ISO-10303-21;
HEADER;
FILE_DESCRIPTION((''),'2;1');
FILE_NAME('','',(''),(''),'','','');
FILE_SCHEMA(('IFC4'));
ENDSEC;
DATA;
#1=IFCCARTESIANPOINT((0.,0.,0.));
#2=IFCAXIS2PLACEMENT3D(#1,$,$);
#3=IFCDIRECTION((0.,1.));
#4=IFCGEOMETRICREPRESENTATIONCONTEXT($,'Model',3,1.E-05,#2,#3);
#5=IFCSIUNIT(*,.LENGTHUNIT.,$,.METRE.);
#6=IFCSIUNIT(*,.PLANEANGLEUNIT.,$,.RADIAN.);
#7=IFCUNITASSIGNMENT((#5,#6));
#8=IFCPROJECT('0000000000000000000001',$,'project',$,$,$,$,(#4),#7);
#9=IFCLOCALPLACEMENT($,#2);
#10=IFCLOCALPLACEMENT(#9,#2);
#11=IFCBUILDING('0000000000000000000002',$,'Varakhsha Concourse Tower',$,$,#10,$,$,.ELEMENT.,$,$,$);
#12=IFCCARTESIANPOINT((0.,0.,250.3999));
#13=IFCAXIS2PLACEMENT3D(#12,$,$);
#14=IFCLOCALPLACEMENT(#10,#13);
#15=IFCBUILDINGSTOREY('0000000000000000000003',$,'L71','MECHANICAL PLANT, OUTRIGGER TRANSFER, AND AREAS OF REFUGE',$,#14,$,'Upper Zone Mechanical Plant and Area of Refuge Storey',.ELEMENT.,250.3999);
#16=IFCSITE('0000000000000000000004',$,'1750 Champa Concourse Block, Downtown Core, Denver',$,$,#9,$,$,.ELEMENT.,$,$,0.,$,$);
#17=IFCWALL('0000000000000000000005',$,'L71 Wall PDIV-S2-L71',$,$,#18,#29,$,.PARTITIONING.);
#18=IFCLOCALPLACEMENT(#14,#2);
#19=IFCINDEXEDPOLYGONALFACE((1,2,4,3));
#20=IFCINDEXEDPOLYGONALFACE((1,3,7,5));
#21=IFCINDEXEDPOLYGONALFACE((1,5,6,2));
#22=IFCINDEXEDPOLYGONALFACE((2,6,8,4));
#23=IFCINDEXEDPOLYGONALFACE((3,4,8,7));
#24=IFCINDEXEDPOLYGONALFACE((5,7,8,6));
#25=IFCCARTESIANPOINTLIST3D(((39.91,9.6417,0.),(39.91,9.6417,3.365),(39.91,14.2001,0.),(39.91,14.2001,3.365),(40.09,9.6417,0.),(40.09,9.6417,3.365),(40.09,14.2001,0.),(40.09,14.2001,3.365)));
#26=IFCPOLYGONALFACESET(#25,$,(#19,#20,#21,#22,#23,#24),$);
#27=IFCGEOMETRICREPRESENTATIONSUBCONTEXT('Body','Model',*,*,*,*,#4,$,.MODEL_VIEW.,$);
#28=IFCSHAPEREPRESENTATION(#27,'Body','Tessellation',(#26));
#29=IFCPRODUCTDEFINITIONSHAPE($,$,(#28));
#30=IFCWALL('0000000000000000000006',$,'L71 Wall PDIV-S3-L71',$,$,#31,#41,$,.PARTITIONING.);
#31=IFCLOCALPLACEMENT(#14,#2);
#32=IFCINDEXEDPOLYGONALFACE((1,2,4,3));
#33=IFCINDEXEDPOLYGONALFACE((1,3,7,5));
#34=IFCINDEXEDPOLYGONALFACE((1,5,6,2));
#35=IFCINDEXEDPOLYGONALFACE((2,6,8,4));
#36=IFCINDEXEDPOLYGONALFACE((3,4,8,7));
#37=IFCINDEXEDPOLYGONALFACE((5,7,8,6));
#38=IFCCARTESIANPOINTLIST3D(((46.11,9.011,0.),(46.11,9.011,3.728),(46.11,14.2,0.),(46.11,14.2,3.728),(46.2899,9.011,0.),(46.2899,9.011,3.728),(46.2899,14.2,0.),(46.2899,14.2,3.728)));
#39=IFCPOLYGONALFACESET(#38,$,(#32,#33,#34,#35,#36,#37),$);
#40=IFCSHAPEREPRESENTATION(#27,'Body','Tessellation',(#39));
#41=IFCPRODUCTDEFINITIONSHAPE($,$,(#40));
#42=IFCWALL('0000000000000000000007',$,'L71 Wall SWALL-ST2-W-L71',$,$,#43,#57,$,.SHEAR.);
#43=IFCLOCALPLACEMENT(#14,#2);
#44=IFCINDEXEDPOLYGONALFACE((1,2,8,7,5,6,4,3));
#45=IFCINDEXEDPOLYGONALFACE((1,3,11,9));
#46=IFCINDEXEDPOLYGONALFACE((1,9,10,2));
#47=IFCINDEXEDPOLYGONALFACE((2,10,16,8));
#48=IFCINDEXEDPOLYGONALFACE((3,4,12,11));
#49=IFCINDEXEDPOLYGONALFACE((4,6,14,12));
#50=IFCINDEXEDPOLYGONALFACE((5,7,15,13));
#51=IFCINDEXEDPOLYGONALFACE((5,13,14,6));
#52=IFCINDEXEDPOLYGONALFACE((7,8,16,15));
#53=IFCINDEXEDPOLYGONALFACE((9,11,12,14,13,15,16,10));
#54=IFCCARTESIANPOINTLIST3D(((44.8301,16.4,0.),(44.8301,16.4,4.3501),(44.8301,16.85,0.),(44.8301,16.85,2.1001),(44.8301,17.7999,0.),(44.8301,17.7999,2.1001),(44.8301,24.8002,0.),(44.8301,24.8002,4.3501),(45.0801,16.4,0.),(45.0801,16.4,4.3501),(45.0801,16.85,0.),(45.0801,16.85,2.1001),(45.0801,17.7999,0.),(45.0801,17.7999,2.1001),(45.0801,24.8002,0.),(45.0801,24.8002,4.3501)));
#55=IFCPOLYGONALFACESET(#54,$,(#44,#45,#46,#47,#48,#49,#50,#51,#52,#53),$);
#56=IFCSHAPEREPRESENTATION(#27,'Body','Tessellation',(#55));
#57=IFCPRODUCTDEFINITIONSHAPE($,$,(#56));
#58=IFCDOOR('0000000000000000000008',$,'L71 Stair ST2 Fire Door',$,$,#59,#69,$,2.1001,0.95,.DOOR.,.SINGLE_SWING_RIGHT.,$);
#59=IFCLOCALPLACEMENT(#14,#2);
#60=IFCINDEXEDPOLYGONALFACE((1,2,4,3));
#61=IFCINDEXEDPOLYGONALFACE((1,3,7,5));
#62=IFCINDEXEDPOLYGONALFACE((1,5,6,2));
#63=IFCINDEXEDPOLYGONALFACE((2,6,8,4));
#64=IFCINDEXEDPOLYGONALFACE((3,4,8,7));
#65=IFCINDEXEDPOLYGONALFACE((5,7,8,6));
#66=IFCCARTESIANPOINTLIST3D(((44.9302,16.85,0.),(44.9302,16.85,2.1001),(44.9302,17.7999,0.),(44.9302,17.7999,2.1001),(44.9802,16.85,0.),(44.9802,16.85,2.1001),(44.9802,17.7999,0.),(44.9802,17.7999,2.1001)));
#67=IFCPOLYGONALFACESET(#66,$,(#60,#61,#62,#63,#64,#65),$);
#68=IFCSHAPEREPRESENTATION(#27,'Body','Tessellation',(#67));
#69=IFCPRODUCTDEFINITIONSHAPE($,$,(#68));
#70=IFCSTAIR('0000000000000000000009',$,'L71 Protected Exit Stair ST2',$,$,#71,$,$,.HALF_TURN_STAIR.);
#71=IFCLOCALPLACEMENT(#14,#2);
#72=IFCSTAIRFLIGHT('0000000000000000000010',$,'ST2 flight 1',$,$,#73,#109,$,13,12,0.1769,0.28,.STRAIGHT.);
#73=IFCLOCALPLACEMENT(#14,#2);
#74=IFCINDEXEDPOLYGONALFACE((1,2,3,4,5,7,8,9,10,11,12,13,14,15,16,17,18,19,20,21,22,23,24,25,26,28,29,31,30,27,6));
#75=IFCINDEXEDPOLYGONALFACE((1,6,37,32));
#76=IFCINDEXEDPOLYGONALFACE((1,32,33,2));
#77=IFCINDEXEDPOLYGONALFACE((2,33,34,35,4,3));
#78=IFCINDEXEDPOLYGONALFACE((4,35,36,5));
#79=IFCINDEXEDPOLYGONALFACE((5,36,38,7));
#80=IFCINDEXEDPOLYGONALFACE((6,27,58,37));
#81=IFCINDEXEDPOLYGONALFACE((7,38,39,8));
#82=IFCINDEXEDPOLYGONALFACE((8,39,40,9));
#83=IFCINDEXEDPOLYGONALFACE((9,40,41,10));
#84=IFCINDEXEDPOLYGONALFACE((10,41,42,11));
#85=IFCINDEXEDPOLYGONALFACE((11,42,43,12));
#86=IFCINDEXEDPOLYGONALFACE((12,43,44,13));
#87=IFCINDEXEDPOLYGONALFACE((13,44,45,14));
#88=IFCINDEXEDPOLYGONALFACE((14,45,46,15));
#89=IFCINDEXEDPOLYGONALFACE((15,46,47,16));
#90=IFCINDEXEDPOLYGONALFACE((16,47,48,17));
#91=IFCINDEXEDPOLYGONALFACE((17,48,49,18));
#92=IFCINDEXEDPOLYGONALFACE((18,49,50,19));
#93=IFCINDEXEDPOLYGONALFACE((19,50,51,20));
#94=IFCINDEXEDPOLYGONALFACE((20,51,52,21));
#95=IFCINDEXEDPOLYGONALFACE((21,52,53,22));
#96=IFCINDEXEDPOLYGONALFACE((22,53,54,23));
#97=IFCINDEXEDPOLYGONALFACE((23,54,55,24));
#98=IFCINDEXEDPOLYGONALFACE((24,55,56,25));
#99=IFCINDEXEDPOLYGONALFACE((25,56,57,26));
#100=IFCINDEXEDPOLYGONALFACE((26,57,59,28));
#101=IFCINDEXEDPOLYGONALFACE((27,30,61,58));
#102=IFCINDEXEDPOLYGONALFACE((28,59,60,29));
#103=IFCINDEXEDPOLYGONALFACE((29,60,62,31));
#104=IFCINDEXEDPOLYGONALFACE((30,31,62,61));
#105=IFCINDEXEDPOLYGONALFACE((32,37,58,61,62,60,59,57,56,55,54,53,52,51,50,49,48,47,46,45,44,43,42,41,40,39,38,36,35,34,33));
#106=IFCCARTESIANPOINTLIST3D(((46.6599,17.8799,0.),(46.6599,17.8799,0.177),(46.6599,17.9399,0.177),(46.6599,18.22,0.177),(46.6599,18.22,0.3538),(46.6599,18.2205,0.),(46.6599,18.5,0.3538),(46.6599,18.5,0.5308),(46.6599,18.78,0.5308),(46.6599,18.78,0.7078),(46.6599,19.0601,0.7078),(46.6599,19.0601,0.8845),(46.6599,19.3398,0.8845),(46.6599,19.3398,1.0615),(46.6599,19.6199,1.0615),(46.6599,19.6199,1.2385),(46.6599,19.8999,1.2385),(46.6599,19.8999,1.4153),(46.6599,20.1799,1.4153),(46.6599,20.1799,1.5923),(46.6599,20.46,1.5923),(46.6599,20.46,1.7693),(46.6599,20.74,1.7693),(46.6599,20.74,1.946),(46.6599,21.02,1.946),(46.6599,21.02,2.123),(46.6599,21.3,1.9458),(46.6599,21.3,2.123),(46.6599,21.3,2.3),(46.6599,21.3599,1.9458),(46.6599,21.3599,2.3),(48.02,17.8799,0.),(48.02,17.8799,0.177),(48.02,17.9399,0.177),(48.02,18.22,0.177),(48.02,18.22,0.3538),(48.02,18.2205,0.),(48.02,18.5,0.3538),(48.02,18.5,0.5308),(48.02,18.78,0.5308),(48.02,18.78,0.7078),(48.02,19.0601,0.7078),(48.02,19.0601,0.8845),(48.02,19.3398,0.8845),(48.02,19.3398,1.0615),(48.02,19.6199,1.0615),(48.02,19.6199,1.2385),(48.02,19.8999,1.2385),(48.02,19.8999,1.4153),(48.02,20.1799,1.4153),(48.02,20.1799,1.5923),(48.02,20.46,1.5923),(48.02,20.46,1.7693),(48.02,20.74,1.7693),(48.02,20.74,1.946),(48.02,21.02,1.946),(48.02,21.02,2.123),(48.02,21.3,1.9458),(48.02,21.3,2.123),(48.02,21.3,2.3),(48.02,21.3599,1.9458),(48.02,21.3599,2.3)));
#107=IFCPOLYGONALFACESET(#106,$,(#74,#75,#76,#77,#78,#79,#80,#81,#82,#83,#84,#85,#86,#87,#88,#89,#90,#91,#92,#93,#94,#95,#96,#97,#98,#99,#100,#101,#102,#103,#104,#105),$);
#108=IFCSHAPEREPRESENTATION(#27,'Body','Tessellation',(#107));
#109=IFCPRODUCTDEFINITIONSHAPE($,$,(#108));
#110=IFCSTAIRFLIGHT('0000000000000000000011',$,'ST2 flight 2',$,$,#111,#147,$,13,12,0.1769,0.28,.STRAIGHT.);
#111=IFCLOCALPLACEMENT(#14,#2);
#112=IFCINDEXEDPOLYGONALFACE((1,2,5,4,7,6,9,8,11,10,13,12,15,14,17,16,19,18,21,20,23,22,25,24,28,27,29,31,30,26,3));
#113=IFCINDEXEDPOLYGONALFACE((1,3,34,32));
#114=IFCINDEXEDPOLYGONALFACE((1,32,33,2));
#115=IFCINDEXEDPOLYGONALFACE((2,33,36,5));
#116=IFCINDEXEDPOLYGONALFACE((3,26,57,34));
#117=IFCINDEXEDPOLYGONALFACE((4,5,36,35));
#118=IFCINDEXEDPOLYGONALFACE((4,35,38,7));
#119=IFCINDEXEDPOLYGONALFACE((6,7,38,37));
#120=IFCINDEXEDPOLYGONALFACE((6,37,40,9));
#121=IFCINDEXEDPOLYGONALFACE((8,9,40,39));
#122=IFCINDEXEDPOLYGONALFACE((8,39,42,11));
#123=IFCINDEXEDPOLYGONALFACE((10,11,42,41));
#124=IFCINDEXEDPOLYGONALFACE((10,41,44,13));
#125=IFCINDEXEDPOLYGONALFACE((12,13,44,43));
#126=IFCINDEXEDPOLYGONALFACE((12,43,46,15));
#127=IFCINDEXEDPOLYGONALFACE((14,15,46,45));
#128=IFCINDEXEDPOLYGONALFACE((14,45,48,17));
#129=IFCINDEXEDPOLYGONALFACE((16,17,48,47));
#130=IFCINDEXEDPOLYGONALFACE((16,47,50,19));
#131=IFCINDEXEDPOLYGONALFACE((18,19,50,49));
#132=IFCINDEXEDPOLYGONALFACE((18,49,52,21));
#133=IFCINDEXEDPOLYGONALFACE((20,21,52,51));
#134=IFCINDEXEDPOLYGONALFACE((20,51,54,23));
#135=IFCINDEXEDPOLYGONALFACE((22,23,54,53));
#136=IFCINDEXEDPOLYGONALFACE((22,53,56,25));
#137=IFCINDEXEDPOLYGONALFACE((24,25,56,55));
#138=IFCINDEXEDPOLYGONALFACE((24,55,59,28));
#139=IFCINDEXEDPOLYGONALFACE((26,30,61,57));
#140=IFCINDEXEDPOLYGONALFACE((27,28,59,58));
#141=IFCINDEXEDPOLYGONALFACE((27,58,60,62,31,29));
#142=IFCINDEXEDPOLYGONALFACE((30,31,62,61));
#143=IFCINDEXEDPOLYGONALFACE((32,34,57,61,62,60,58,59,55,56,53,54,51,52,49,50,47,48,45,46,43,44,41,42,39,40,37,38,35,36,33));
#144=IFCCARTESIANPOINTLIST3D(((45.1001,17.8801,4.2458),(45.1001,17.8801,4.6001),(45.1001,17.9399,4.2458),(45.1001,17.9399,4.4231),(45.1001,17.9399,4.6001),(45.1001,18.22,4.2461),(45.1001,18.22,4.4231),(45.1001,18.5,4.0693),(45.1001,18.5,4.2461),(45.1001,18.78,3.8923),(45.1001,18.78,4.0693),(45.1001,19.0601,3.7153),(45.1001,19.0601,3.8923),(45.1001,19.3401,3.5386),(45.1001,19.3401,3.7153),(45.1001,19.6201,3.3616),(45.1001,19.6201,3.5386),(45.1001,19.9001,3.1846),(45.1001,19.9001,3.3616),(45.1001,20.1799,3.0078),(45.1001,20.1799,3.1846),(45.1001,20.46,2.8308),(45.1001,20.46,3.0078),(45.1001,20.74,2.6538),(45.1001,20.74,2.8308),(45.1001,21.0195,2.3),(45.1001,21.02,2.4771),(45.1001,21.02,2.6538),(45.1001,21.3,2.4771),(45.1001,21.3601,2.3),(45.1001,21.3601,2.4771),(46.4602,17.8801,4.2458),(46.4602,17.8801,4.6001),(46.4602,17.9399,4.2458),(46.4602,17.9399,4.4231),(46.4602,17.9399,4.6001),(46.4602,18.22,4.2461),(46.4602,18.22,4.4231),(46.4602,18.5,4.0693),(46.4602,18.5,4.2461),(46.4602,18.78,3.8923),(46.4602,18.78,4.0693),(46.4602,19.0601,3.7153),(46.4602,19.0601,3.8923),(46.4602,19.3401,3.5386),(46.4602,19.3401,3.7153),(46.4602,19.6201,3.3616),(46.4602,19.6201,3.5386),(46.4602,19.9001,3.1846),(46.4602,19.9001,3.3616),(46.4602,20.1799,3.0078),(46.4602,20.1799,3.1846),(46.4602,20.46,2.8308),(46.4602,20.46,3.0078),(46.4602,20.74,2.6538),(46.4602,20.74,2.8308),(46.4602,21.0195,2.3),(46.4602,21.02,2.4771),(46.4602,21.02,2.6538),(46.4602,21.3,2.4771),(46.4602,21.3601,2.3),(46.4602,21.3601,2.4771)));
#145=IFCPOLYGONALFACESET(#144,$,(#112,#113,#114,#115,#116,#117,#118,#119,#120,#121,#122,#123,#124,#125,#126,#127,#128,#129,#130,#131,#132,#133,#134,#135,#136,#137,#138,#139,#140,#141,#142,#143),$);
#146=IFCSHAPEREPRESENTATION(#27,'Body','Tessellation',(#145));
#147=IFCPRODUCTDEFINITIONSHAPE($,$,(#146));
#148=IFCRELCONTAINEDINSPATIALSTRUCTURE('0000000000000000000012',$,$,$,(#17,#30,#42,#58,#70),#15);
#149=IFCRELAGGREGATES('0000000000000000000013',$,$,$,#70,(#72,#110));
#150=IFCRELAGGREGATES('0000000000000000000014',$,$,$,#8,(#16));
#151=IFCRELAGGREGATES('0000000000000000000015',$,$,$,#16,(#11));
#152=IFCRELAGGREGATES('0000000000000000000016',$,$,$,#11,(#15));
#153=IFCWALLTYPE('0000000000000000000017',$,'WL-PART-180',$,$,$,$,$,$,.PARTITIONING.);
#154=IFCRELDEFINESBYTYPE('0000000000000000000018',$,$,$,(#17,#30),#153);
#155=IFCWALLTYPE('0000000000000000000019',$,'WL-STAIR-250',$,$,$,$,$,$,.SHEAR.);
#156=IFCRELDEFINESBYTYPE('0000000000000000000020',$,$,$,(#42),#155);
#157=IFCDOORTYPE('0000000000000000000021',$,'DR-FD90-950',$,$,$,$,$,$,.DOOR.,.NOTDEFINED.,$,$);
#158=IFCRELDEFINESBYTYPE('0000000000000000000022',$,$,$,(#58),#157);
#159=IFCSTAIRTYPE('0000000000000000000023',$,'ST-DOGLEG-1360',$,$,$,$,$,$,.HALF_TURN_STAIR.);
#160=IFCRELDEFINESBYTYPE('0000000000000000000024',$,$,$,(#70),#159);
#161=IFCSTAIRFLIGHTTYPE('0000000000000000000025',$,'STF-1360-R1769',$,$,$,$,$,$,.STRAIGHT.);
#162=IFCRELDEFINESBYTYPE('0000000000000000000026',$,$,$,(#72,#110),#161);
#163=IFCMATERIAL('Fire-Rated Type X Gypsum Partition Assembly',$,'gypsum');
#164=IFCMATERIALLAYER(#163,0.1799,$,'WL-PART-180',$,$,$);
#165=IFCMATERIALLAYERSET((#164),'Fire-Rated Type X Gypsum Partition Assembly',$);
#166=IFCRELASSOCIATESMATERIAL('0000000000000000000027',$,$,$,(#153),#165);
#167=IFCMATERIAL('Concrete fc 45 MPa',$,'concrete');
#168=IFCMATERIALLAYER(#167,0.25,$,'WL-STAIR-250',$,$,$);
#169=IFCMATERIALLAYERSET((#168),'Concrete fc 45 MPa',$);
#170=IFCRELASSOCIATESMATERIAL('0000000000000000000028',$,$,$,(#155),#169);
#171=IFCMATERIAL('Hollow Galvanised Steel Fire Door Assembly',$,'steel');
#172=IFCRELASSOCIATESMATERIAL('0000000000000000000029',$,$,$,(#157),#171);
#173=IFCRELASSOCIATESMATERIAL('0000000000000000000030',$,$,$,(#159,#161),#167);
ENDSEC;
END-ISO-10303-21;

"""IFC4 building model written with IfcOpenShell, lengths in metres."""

from ifc_helpers import new_model, si_unit, direction, frame, frame_2d, origin, place, context, subcontext, project, spatial, polyline, rectangle, outline, extrude, material, layer, layer_set, type_object, element, fill, aggregate, save


model = new_model("IFC4")

# Units and contexts
model_context = context("Model", 3, precision=1e-05, world=origin(), true_north=direction((0.0, 1.0)))
body_context = subcontext(model_context, "Body", "Model", "MODEL_VIEW")
ifc_project = project(units=[si_unit("LENGTHUNIT", "METRE"), si_unit("PLANEANGLEUNIT", "RADIAN")], contexts=[model_context])

# Site, building, storey
site_placement = place(None, origin())
site = spatial("IfcSite", under=ifc_project, at=site_placement, Name="1750 Champa Concourse Block, Downtown Core, Denver", CompositionType="ELEMENT", RefElevation=0.0)
building_placement = place(site_placement, origin())
building = spatial("IfcBuilding", under=site, at=building_placement, Name="Varakhsha Concourse Tower", CompositionType="ELEMENT")
storey_placement = place(building_placement, frame((0.0, 0.0, 250.3999)))
storey = spatial("IfcBuildingStorey", under=building, at=storey_placement, Name="L71", Description="MECHANICAL PLANT, OUTRIGGER TRANSFER, AND AREAS OF REFUGE", LongName="Upper Zone Mechanical Plant and Area of Refuge Storey", CompositionType="ELEMENT", Elevation=250.3999)

# Walls
ifc_material_1 = material(Name="Fire-Rated Type X Gypsum Partition Assembly", Category="gypsum")
ifc_layer_1 = layer(ifc_material_1, 0.1799, Name="WL-PART-180")
ifc_layer_set_1 = layer_set([ifc_layer_1], Name="Fire-Rated Type X Gypsum Partition Assembly")
wall_type_1 = type_object("IfcWallType", Name="WL-PART-180", PredefinedType="PARTITIONING", material=ifc_layer_set_1)
wall_1_placement = place(storey_placement, frame((40.0, 9.6416, 0.0), z_axis=(0.0, 0.0, 1.0), x_axis=(0.0, 1.0, 0.0)))
element("IfcWall", 1, at=wall_1_placement, inside=storey, type_object=wall_type_1, Name="L71 Wall PDIV-S2-L71", PredefinedType="PARTITIONING", context=body_context, shape_type="SweptSolid", body=[
    extrude(rectangle(XDim=4.5583, YDim=0.1799, at=frame_2d((2.2793, 0.0))), origin(), (0.0, 0.0, 1.0), 3.365),
])
wall_2_placement = place(storey_placement, frame((46.2, 9.011, 0.0), z_axis=(0.0, 0.0, 1.0), x_axis=(0.0, 1.0, 0.0)))
element("IfcWall", 2, at=wall_2_placement, inside=storey, type_object=wall_type_1, Name="L71 Wall PDIV-S3-L71", PredefinedType="PARTITIONING", context=body_context, shape_type="SweptSolid", body=[
    extrude(rectangle(XDim=5.189, YDim=0.1799, at=frame_2d((2.5945, 0.0))), origin(), (0.0, 0.0, 1.0), 3.728),
])

# Wall, opening, door
ifc_material_2 = material(Name="Concrete fc 45 MPa", Category="concrete")
ifc_layer_2 = layer(ifc_material_2, 0.25, Name="WL-STAIR-250")
ifc_layer_set_2 = layer_set([ifc_layer_2], Name="Concrete fc 45 MPa")
wall_type_2 = type_object("IfcWallType", Name="WL-STAIR-250", PredefinedType="SHEAR", material=ifc_layer_set_2)
wall_3_placement = place(storey_placement, frame((44.9551, 16.3999, 0.0), z_axis=(0.0, 0.0, 1.0), x_axis=(0.0, 1.0, 0.0)))
wall_3 = element("IfcWall", 3, at=wall_3_placement, inside=storey, type_object=wall_type_2, Name="L71 Wall SWALL-ST2-W-L71", PredefinedType="SHEAR", context=body_context, shape_type="SweptSolid", body=[
    extrude(rectangle(XDim=8.4001, YDim=0.25, at=frame_2d((4.2002, 0.0))), origin(), (0.0, 0.0, 1.0), 4.3501),
])
opening_placement = place(wall_3_placement, frame((0.45, 0.0, 0.0)))
opening = element("IfcOpeningElement", 4, at=opening_placement, cuts=wall_3, PredefinedType="OPENING", context=body_context, shape_type="SweptSolid", body=[
    extrude(rectangle(XDim=0.95, YDim=2.1001, at=frame_2d((0.4751, 1.05))), frame((0.0, 0.135, 0.0), z_axis=(0.0, -1.0, 0.0), x_axis=(1.0, 0.0, 0.0)), (0.0, 0.0, 1.0), 0.27),
])
ifc_material_3 = material(Name="Hollow Galvanised Steel Fire Door Assembly", Category="steel")
door_type = type_object("IfcDoorType", Name="DR-FD90-950", OperationType="NOTDEFINED", PredefinedType="DOOR", material=ifc_material_3)
door_placement = place(opening_placement, origin())
door = element("IfcDoor", 5, at=door_placement, inside=storey, type_object=door_type, Name="L71 Stair ST2 Fire Door", OperationType="SINGLE_SWING_RIGHT", OverallHeight=2.1001, OverallWidth=0.95, PredefinedType="DOOR", context=body_context, shape_type="SweptSolid", body=[
    extrude(rectangle(XDim=0.95, YDim=2.1001, at=frame_2d((0.4751, 1.05))), frame((0.0, 0.0249, 0.0), z_axis=(0.0, -1.0, 0.0), x_axis=(1.0, 0.0, 0.0)), (0.0, 0.0, 1.0), 0.05),
])
fill(opening, door)

# Stair, stair flights
stair_type = type_object("IfcStairType", Name="ST-DOGLEG-1360", PredefinedType="HALF_TURN_STAIR", material=ifc_material_2)
stair_placement = place(storey_placement, origin())
stair = element("IfcStair", 6, at=stair_placement, inside=storey, type_object=stair_type, Name="L71 Protected Exit Stair ST2", PredefinedType="HALF_TURN_STAIR")
stair_flight_type = type_object("IfcStairFlightType", Name="STF-1360-R1769", PredefinedType="STRAIGHT", material=ifc_material_2)
stair_flight_1_placement = place(storey_placement, frame((47.3401, 17.9399, 0.0), z_axis=(0.0, 0.0, 1.0), x_axis=(0.0, 1.0, 0.0)))
stair_flight_1 = element("IfcStairFlight", 7, at=stair_flight_1_placement, type_object=stair_flight_type, Name="ST2 flight 1", NumberOfRisers=13, NumberOfTreads=12, PredefinedType="STRAIGHT", RiserHeight=0.1769, TreadLength=0.28, context=body_context, shape_type="SweptSolid", body=[
    extrude(outline(polyline([(-0.0601, 0.0), (-0.0601, 0.177), (0.0, 0.177), (0.28, 0.177), (0.28, 0.3538), (0.5601, 0.3538), (0.5601, 0.5308), (0.8401, 0.5308), (0.8401, 0.7078), (1.1201, 0.7078), (1.1201, 0.8845), (1.3999, 0.8845), (1.3999, 1.0615), (1.6799, 1.0615), (1.6799, 1.2385), (1.96, 1.2385), (1.96, 1.4153), (2.24, 1.4153), (2.24, 1.5923), (2.52, 1.5923), (2.52, 1.7693), (2.8, 1.7693), (2.8, 1.946), (3.0801, 1.946), (3.0801, 2.123), (3.3601, 2.123), (3.3601, 2.3), (3.4199, 2.3), (3.4199, 1.9458), (3.3601, 1.9458), (0.2805, 0.0), (-0.0601, 0.0)])), frame((0.0, 0.6802, 0.0), z_axis=(0.0, -1.0, 0.0), x_axis=(1.0, 0.0, 0.0)), (0.0, 0.0, 1.0), 1.3601),
])
stair_flight_2_placement = place(storey_placement, frame((45.78, 21.3, 2.3), z_axis=(0.0, 0.0, 1.0), x_axis=(0.0, -1.0, 0.0)))
stair_flight_2 = element("IfcStairFlight", 8, at=stair_flight_2_placement, type_object=stair_flight_type, Name="ST2 flight 2", NumberOfRisers=13, NumberOfTreads=12, PredefinedType="STRAIGHT", RiserHeight=0.1769, TreadLength=0.28, context=body_context, shape_type="SweptSolid", body=[
    extrude(outline(polyline([(-0.0601, 0.0), (-0.0601, 0.177), (0.0, 0.177), (0.28, 0.177), (0.28, 0.3538), (0.5601, 0.3538), (0.5601, 0.5308), (0.8401, 0.5308), (0.8401, 0.7078), (1.1201, 0.7078), (1.1201, 0.8845), (1.3999, 0.8845), (1.3999, 1.0615), (1.6799, 1.0615), (1.6799, 1.2385), (1.96, 1.2385), (1.96, 1.4153), (2.24, 1.4153), (2.24, 1.5923), (2.52, 1.5923), (2.52, 1.7693), (2.8, 1.7693), (2.8, 1.946), (3.0801, 1.946), (3.0801, 2.123), (3.3601, 2.123), (3.3601, 2.3), (3.4199, 2.3), (3.4199, 1.9458), (3.3601, 1.9458), (0.2805, 0.0), (-0.0601, 0.0)])), frame((0.0, 0.6802, 0.0), z_axis=(0.0, -1.0, 0.0), x_axis=(1.0, 0.0, 0.0)), (0.0, 0.0, 1.0), 1.3601),
])
aggregate(stair, [stair_flight_1, stair_flight_2])

save(model, "model.ifc")
